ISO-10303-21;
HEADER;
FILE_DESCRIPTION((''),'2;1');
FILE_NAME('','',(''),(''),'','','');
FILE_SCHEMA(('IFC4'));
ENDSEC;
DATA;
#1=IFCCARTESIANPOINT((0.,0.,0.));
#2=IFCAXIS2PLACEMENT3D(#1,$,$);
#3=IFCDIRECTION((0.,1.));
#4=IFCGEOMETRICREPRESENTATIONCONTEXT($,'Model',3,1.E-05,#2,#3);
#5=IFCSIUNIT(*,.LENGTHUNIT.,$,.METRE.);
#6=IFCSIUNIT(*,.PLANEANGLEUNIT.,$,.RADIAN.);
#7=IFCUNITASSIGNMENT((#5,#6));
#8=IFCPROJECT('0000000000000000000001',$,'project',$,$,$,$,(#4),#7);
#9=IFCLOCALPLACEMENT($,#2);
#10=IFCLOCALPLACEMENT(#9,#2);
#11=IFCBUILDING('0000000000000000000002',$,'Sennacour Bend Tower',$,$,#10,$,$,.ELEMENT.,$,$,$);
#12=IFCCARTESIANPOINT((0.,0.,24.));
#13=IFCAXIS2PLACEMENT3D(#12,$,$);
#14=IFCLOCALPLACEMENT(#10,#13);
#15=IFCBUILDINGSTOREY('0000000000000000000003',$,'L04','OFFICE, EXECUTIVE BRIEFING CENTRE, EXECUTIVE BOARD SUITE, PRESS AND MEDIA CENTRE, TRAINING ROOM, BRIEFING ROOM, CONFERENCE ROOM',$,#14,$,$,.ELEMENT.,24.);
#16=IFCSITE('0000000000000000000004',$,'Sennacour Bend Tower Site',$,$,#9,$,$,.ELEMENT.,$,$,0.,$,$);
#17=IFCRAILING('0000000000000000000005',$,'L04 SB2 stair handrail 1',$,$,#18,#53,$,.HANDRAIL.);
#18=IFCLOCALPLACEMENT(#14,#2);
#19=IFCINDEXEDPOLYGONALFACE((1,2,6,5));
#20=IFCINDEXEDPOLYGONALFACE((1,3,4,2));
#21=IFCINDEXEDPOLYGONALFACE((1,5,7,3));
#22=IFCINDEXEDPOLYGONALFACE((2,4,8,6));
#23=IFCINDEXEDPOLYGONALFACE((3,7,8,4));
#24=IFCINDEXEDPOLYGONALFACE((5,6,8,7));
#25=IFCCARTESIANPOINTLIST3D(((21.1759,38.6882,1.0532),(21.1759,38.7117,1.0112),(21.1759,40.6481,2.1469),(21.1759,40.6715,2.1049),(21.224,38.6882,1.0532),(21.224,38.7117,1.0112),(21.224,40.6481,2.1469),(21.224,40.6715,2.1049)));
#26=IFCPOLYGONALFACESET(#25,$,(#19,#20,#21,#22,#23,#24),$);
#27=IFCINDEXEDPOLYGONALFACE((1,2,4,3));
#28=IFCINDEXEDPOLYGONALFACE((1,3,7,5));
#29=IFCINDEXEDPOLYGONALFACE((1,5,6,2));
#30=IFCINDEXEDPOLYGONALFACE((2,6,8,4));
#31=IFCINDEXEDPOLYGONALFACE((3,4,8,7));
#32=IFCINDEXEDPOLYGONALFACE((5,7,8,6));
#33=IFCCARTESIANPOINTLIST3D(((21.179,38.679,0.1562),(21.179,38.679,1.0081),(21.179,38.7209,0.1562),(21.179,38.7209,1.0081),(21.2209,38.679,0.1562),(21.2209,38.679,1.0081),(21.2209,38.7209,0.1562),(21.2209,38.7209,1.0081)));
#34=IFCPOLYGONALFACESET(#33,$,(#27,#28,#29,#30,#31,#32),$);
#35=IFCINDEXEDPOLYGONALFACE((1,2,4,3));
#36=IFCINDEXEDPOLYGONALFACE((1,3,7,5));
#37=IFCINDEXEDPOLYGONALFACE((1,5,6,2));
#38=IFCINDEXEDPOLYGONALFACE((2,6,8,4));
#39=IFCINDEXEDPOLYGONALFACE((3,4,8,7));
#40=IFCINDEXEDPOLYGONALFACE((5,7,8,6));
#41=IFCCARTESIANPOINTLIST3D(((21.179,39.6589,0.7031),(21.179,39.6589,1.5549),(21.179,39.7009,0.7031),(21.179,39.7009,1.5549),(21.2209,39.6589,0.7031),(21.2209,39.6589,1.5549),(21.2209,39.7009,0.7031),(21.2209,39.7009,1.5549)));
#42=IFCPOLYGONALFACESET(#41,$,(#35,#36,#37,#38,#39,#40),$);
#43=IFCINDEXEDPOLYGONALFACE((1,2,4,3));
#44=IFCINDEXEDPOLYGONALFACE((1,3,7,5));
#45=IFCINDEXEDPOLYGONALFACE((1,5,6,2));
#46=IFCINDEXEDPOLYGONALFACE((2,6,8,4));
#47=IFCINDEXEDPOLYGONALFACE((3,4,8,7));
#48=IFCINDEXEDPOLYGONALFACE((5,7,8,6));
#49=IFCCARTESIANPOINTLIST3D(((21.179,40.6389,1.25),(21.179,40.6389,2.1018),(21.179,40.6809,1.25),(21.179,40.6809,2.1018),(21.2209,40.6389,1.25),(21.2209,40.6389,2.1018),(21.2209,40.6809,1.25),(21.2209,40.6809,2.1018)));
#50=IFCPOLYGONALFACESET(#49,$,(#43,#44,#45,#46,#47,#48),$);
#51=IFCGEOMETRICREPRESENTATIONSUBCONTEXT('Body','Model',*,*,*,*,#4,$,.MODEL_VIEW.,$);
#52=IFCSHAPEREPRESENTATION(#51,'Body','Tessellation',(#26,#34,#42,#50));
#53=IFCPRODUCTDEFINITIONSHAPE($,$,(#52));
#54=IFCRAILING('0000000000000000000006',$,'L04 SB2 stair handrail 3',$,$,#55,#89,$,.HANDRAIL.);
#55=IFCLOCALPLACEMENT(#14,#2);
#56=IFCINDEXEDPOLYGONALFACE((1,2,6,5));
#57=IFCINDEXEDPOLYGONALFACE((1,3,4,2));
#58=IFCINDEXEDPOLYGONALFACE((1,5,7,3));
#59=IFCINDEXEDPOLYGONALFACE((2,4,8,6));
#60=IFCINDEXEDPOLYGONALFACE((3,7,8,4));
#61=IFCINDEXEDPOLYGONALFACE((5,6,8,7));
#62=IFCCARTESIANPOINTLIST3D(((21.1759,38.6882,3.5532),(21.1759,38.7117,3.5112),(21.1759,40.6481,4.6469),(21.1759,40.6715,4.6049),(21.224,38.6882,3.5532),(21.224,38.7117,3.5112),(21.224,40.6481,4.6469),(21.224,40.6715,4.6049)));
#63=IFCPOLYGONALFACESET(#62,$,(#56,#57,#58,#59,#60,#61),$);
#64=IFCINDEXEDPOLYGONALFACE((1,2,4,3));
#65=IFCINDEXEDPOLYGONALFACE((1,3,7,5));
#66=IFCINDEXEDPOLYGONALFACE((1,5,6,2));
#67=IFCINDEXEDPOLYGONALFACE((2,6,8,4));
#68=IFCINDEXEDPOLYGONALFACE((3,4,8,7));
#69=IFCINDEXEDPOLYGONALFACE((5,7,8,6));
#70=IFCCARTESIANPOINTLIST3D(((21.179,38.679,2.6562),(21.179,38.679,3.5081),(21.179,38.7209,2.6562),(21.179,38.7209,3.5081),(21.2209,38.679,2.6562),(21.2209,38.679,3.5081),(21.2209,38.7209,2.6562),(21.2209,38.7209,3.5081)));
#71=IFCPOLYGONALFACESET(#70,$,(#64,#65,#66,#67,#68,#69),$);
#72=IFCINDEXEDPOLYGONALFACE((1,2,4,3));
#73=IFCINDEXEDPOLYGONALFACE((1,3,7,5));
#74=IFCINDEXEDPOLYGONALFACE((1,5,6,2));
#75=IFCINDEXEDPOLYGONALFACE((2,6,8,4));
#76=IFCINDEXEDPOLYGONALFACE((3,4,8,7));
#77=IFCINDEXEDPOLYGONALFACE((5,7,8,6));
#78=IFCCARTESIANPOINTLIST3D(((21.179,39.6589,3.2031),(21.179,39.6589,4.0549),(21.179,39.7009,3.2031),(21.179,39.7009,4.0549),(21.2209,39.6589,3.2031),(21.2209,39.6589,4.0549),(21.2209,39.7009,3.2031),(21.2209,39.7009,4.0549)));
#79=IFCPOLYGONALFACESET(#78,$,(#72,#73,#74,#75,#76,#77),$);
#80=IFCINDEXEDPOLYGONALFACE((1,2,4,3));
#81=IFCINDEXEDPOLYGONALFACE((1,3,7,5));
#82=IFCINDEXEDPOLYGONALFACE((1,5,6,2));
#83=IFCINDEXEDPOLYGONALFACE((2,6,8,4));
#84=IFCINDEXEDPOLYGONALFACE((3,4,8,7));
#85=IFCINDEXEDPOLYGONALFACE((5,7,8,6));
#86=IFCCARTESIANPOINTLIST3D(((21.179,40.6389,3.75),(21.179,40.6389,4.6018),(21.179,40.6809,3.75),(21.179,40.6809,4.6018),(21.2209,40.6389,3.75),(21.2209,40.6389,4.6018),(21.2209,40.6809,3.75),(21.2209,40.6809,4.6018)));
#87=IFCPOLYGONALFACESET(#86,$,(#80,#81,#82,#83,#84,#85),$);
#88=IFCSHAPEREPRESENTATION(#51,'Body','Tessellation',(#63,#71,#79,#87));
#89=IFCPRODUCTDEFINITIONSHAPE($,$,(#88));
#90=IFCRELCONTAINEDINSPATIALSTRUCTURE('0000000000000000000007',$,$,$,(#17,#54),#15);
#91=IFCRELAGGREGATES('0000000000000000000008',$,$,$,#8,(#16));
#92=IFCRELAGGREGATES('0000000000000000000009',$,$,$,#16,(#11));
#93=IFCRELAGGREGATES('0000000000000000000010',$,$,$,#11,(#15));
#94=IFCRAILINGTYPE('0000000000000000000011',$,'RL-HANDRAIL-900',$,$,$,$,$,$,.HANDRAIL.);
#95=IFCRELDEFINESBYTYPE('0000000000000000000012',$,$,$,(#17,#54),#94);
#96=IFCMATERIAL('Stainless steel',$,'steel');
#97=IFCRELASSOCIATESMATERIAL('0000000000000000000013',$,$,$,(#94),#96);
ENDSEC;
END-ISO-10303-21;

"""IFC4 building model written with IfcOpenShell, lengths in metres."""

from ifc_helpers import new_model, si_unit, direction, frame, origin, origin_2d, place, context, subcontext, project, spatial, rectangle, extrude, material, type_object, element, save


model = new_model("IFC4")

# Units and contexts
model_context = context("Model", 3, precision=1e-05, world=origin(), true_north=direction((0.0, 1.0)))
body_context = subcontext(model_context, "Body", "Model", "MODEL_VIEW")
ifc_project = project(units=[si_unit("LENGTHUNIT", "METRE"), si_unit("PLANEANGLEUNIT", "RADIAN")], contexts=[model_context])

# Site, building, storey
site_placement = place(None, origin())
site = spatial("IfcSite", under=ifc_project, at=site_placement, Name="Sennacour Bend Tower Site", CompositionType="ELEMENT", RefElevation=0.0)
building_placement = place(site_placement, origin())
building = spatial("IfcBuilding", under=site, at=building_placement, Name="Sennacour Bend Tower", CompositionType="ELEMENT")
storey_placement = place(building_placement, frame((0.0, 0.0, 24.0)))
storey = spatial("IfcBuildingStorey", under=building, at=storey_placement, Name="L04", Description="OFFICE, EXECUTIVE BRIEFING CENTRE, EXECUTIVE BOARD SUITE, PRESS AND MEDIA CENTRE, TRAINING ROOM, BRIEFING ROOM, CONFERENCE ROOM", CompositionType="ELEMENT", Elevation=24.0)

# Railings
ifc_material_1 = material(Name="Stainless steel", Category="steel")
railing_type_1 = type_object("IfcRailingType", Name="RL-HANDRAIL-900", PredefinedType="HANDRAIL", material=ifc_material_1)
for number, where, name in (
    (1, (21.2, 38.7, 0.1562), "L04 SB2 stair handrail 1"),
    (2, (21.2, 38.7, 2.6562), "L04 SB2 stair handrail 3"),
):
    element("IfcRailing", number, at=place(storey_placement, frame(where)), inside=storey, type_object=railing_type_1, Name=name, PredefinedType="HANDRAIL", context=body_context, shape_type="SweptSolid", body=[
        extrude(rectangle(XDim=0.0481, YDim=0.0481, at=origin_2d()), frame((0.0, 0.0, 0.876), z_axis=(0.0, 0.873232, 0.487304), x_axis=(-1.0, 0.0, 0.0)), (0.0, 0.0, 1.0), 2.2444),
        extrude(rectangle(XDim=0.042, YDim=0.042, at=origin_2d()), origin(), (0.0, 0.0, 1.0), 0.8518),
        extrude(rectangle(XDim=0.042, YDim=0.042, at=origin_2d()), frame((0.0, 0.98, 0.5469)), (0.0, 0.0, 1.0), 0.8518),
        extrude(rectangle(XDim=0.042, YDim=0.042, at=origin_2d()), frame((0.0, 1.96, 1.0938)), (0.0, 0.0, 1.0), 0.8518),
    ])

save(model, "model.ifc")
